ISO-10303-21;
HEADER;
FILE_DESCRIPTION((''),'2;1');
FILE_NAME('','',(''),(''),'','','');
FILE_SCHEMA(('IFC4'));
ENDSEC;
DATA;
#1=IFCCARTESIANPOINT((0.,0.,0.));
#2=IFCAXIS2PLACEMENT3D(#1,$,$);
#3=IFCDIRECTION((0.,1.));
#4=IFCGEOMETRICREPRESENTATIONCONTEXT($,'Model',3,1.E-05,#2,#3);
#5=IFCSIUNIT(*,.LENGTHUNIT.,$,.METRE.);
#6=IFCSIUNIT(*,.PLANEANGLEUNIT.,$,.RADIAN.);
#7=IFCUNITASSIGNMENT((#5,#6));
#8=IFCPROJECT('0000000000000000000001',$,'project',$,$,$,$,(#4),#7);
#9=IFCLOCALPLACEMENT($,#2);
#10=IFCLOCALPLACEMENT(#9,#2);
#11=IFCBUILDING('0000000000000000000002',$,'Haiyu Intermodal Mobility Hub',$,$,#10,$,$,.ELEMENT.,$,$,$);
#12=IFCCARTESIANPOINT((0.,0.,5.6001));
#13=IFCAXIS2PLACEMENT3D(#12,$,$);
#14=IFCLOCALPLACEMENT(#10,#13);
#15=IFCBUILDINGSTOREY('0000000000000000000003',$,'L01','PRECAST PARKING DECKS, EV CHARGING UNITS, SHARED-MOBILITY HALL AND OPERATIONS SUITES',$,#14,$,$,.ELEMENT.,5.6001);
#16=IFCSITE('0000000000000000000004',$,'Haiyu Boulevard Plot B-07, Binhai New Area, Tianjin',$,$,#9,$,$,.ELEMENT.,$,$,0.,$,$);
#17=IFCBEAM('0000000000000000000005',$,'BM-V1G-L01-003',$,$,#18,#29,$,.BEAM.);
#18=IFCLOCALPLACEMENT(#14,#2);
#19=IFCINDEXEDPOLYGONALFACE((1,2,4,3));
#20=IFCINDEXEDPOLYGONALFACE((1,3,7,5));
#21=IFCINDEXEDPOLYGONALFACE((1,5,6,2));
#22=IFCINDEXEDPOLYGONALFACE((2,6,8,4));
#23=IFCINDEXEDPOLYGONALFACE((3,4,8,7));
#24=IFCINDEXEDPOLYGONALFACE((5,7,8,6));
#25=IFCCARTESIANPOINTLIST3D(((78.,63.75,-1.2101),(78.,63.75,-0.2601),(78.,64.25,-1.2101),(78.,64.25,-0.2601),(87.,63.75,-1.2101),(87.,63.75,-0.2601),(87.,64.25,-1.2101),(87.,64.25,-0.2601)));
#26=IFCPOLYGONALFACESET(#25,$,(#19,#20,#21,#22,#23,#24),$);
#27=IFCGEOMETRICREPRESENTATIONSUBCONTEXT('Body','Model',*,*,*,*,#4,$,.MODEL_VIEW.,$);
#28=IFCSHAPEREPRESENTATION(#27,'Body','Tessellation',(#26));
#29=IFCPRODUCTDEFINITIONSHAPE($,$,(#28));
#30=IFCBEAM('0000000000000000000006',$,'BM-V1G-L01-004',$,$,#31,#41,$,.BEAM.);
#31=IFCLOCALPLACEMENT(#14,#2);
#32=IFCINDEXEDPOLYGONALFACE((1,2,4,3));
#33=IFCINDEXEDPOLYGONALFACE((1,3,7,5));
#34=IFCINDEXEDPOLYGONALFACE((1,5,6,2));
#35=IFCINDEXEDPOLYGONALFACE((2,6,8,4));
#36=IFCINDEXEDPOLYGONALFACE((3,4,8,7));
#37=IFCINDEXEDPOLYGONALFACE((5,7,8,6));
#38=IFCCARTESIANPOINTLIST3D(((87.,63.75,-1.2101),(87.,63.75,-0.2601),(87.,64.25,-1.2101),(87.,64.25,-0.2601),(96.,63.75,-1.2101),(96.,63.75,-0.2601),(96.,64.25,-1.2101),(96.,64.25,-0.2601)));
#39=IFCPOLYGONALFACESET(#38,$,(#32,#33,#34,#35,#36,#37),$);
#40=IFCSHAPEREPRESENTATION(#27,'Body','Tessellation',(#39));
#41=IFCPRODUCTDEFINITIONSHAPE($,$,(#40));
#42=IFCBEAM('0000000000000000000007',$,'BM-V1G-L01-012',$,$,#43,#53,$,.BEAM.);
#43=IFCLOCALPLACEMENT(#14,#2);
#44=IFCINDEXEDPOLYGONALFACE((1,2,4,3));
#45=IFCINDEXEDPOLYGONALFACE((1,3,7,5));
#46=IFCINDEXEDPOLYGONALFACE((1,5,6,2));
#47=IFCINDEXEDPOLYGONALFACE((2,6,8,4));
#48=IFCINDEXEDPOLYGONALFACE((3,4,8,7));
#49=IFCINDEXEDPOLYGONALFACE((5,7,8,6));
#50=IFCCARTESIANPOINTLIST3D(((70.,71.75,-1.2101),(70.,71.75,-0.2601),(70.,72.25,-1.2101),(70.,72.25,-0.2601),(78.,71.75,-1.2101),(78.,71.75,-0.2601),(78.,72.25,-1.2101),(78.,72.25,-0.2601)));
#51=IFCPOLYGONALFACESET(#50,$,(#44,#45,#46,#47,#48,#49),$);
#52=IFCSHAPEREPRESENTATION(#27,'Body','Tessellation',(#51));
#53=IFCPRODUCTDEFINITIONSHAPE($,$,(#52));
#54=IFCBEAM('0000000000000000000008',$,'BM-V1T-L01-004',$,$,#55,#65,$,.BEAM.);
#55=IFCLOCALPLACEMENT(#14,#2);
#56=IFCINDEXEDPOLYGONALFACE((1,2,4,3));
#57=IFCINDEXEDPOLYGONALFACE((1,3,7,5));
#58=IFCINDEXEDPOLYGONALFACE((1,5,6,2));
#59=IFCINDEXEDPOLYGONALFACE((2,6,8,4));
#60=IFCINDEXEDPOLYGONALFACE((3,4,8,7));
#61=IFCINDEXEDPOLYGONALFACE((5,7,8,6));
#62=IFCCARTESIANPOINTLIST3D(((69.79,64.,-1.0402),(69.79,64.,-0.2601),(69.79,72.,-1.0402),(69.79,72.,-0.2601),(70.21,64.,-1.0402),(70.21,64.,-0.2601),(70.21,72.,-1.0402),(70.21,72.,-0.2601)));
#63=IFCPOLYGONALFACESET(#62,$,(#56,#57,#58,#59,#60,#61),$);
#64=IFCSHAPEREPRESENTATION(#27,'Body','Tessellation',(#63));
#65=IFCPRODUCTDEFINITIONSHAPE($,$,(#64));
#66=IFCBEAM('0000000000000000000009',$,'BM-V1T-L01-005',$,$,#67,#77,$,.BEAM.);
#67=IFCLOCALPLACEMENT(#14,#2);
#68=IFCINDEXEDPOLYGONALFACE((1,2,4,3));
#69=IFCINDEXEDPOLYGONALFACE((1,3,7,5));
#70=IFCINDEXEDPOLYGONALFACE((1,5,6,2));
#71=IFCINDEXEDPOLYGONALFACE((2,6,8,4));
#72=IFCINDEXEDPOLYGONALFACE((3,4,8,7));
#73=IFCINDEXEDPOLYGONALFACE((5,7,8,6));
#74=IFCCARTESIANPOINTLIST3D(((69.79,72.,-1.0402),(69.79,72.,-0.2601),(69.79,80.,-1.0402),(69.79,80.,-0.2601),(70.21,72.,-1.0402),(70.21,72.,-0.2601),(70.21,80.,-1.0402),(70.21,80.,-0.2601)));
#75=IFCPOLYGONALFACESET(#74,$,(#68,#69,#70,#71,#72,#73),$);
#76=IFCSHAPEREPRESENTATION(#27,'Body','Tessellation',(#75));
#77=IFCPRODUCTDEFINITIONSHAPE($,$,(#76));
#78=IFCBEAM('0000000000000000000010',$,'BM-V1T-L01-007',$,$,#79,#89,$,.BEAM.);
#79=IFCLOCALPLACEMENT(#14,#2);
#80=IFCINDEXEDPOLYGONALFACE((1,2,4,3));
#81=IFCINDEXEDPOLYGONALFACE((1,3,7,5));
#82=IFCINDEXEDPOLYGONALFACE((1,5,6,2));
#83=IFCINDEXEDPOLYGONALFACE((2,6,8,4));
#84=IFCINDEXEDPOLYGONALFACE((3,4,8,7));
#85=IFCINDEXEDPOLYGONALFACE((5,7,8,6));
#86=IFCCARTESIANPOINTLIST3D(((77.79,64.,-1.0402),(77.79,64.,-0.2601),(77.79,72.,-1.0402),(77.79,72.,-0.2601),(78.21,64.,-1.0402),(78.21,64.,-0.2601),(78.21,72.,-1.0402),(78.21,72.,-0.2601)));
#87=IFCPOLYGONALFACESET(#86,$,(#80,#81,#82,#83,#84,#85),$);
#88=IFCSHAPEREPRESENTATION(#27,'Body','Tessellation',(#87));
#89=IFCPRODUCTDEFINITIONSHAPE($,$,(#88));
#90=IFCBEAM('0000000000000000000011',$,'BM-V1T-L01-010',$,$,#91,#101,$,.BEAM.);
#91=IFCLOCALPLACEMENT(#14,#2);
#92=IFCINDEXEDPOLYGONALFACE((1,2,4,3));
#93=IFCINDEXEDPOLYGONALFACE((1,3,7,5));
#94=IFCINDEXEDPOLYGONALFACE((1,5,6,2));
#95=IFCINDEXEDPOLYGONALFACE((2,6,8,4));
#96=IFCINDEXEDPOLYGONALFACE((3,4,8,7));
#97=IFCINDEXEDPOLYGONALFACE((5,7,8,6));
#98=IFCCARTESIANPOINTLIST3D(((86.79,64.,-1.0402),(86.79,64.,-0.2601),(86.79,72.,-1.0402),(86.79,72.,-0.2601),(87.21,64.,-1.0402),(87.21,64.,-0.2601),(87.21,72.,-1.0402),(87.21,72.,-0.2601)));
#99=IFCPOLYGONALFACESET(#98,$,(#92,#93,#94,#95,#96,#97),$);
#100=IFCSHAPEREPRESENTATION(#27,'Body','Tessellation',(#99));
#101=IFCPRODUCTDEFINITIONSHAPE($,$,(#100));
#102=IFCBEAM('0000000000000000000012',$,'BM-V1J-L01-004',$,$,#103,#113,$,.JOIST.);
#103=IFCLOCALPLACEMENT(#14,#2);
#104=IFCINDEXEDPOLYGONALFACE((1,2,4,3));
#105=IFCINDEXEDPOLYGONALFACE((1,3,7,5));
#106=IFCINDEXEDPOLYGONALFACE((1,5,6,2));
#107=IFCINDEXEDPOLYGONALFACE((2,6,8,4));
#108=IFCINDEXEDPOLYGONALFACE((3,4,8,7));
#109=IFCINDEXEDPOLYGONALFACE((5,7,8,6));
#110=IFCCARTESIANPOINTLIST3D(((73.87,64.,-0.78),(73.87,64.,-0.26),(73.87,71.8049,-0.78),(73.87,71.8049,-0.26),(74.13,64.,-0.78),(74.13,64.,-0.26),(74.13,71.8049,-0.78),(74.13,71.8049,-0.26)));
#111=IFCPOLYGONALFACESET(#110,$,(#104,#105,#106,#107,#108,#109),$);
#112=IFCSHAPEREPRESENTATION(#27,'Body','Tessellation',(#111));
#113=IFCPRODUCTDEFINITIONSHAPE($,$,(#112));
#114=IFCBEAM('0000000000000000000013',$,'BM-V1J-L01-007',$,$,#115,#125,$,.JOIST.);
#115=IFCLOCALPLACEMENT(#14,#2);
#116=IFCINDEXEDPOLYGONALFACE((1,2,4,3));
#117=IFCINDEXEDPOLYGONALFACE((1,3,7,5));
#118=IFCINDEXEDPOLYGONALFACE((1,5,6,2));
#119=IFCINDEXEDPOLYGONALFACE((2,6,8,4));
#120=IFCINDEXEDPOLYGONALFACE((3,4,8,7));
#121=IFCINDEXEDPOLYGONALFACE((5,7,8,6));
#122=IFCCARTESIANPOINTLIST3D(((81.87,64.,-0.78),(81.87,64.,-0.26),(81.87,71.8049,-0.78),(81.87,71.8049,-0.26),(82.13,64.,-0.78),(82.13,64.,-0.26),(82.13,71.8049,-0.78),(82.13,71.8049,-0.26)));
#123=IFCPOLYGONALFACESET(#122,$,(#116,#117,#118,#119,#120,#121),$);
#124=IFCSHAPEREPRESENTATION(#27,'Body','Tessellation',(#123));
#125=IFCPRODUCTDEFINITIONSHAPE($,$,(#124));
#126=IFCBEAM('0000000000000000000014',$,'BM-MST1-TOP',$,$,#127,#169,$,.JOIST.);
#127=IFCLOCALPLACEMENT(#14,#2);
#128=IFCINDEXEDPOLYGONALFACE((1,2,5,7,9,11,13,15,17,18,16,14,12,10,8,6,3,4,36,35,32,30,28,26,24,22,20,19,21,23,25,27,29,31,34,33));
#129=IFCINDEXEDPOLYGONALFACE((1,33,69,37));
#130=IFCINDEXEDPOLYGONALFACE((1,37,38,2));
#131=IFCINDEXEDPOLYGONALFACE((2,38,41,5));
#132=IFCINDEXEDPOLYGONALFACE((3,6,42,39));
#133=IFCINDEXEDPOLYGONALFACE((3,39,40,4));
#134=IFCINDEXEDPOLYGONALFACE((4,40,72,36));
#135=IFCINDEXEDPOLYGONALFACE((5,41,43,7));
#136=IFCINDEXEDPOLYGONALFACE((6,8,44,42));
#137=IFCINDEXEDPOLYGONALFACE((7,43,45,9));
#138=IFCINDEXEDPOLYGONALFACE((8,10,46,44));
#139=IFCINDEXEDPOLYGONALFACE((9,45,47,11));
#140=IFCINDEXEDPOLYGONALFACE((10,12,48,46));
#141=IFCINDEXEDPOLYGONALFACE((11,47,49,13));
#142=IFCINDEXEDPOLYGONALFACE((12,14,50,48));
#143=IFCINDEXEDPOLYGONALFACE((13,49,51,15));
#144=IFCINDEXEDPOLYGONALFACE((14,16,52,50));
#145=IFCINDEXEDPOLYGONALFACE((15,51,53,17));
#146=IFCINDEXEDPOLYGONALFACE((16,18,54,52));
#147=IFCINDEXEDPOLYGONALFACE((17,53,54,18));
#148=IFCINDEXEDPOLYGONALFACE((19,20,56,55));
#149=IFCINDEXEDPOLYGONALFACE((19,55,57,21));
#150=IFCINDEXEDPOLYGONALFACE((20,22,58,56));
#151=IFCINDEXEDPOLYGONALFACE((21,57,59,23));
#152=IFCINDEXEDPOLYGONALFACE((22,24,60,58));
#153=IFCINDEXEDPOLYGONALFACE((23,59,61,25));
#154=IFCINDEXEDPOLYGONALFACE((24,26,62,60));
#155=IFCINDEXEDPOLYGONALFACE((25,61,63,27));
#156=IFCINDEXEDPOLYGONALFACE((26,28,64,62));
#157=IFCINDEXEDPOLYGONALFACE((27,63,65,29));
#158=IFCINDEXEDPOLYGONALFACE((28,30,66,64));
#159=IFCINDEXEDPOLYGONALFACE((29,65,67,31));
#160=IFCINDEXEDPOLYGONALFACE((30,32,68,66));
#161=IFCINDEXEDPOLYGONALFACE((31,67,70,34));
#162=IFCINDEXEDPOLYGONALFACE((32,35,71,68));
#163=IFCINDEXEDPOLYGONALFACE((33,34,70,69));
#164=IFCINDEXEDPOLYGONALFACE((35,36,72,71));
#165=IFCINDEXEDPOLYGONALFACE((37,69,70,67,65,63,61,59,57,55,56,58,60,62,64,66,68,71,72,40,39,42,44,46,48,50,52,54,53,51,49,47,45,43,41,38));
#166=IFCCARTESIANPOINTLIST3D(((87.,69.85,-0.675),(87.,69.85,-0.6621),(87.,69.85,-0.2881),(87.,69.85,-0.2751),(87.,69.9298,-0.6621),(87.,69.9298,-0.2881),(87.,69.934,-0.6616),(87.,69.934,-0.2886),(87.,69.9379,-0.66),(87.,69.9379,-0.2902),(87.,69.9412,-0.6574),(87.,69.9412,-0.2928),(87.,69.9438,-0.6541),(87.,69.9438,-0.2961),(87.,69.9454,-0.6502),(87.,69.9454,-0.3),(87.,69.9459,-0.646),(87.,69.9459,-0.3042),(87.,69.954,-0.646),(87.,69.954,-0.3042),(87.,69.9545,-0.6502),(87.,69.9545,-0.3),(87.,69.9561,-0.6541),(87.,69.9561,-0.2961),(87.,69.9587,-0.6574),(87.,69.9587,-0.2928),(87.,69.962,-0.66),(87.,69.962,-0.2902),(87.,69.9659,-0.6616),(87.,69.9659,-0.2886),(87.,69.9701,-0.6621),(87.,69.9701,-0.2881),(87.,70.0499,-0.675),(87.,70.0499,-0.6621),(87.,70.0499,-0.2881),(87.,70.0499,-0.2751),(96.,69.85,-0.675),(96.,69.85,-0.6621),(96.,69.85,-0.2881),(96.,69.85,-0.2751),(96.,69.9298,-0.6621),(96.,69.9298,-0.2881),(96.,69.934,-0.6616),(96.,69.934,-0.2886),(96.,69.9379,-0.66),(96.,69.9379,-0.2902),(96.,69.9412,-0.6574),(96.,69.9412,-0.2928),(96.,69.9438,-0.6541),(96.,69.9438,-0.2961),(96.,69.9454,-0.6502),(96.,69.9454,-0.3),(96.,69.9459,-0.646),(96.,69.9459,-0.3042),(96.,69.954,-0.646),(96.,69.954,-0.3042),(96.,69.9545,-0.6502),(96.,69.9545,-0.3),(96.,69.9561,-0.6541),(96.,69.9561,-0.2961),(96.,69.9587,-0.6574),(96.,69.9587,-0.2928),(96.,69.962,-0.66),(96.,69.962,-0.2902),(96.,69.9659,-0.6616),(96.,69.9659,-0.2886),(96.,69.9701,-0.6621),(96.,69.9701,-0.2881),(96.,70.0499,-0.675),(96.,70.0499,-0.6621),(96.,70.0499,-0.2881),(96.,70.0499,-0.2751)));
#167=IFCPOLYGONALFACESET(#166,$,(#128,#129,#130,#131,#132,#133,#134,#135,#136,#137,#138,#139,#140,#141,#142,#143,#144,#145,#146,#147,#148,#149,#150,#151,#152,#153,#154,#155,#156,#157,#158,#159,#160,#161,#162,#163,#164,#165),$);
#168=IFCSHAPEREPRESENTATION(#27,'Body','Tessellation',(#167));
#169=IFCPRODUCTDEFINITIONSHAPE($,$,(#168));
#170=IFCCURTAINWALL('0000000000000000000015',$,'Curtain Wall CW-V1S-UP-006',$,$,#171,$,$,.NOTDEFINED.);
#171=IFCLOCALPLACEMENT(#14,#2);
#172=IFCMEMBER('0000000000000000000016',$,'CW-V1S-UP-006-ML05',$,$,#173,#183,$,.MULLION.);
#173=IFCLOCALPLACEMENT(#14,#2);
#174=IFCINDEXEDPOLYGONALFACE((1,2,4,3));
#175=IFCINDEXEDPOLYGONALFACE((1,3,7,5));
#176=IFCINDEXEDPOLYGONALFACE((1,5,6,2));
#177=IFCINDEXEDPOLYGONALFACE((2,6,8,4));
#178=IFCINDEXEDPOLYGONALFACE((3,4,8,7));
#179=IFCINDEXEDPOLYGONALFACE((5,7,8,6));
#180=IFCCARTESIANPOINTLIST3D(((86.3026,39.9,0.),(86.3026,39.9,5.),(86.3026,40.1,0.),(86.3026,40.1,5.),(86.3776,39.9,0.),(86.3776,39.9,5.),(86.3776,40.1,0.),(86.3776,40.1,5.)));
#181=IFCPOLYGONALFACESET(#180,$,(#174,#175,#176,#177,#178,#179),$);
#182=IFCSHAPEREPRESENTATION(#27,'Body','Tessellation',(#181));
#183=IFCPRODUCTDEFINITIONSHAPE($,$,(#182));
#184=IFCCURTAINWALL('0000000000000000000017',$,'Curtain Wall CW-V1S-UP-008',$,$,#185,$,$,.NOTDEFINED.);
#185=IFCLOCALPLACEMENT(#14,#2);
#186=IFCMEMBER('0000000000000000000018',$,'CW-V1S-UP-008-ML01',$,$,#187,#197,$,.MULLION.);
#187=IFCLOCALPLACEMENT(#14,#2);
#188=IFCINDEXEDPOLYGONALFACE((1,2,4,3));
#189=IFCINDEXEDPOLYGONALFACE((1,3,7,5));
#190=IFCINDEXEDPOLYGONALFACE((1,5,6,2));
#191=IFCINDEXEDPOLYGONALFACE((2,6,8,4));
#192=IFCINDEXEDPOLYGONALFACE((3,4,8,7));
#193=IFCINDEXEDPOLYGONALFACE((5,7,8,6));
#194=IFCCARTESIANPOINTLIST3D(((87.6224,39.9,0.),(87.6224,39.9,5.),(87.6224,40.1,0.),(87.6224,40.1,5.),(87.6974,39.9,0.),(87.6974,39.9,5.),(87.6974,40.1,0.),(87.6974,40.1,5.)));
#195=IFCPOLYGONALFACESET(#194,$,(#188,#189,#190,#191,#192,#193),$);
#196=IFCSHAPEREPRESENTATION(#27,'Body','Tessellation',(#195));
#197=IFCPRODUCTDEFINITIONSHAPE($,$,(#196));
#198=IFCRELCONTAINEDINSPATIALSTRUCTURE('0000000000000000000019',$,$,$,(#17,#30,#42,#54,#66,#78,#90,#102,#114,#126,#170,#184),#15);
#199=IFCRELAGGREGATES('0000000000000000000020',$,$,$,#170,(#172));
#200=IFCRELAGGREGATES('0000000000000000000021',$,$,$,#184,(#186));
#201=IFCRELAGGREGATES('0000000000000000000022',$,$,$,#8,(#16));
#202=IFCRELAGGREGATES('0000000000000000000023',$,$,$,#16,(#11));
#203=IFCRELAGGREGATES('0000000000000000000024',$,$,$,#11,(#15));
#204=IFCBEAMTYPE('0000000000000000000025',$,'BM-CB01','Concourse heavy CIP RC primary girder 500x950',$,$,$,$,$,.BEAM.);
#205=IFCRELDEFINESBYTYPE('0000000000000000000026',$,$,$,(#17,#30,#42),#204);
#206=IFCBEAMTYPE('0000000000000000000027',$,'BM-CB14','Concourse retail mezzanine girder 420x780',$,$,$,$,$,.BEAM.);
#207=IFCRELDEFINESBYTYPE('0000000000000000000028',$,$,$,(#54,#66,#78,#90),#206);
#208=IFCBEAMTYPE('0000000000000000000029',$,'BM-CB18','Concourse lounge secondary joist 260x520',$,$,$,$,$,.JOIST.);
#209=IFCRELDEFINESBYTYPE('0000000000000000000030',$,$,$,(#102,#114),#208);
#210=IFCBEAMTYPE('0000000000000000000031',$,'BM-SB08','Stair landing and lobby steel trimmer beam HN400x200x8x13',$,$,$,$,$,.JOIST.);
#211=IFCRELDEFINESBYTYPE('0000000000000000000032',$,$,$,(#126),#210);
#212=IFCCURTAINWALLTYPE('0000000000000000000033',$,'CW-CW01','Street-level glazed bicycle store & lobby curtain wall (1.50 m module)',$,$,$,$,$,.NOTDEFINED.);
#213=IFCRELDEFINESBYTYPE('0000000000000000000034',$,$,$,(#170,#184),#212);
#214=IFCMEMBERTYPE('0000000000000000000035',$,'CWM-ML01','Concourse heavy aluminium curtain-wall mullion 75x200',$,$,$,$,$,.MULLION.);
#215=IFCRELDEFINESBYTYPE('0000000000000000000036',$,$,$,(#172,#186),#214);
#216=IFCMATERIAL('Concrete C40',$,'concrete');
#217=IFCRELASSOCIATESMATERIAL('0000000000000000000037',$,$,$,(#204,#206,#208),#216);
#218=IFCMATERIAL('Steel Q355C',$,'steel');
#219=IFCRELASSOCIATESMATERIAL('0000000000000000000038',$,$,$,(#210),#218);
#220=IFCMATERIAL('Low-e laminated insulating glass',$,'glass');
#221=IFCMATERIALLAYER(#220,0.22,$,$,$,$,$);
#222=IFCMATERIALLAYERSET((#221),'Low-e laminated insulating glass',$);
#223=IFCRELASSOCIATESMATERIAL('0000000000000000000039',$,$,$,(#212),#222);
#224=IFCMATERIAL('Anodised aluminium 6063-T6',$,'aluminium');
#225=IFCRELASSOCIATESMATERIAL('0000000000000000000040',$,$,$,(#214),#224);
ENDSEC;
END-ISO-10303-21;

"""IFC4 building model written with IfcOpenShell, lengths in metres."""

from ifc_helpers import new_model, si_unit, direction, frame, origin, origin_2d, place, context, subcontext, project, spatial, rectangle, i_section, extrude, material, layer, layer_set, material_profile, profile_set, type_object, element, aggregate, save


model = new_model("IFC4")

# Units and contexts
model_context = context("Model", 3, precision=1e-05, world=origin(), true_north=direction((0.0, 1.0)))
body_context = subcontext(model_context, "Body", "Model", "MODEL_VIEW")
ifc_project = project(units=[si_unit("LENGTHUNIT", "METRE"), si_unit("PLANEANGLEUNIT", "RADIAN")], contexts=[model_context])

# Site, building, storey
site_placement = place(None, origin())
site = spatial("IfcSite", under=ifc_project, at=site_placement, Name="Haiyu Boulevard Plot B-07, Binhai New Area, Tianjin", CompositionType="ELEMENT", RefElevation=0.0)
building_placement = place(site_placement, origin())
building = spatial("IfcBuilding", under=site, at=building_placement, Name="Haiyu Intermodal Mobility Hub", CompositionType="ELEMENT")
storey_placement = place(building_placement, frame((0.0, 0.0, 5.6001)))
storey = spatial("IfcBuildingStorey", under=building, at=storey_placement, Name="L01", Description="PRECAST PARKING DECKS, EV CHARGING UNITS, SHARED-MOBILITY HALL AND OPERATIONS SUITES", CompositionType="ELEMENT", Elevation=5.6001)

# Shared definitions
ifc_material_1 = material(Name="Concrete C40", Category="concrete")
ifc_material_2 = material(Name="Steel Q355C", Category="steel")

# Beams
ifc_material_profile_1 = material_profile(ifc_material_1, rectangle(XDim=0.5, YDim=0.95, at=origin_2d()), Name="RCB500x950")
ifc_profile_set_1 = profile_set([ifc_material_profile_1], Name="Concrete C40")
beam_type_1 = type_object("IfcBeamType", Name="BM-CB01", Description="Concourse heavy CIP RC primary girder 500x950", PredefinedType="BEAM", material=ifc_profile_set_1)
for number, where, z_axis, x_axis, name in (
    (1, (78.0, 64.0, -0.7351), (1.0, 0.0, 0.0), (0.0, 1.0, 0.0), "BM-V1G-L01-003"),
    (2, (87.0, 64.0, -0.7351), (1.0, 0.0, 0.0), (0.0, 1.0, 0.0), "BM-V1G-L01-004"),
):
    element("IfcBeam", number, at=place(storey_placement, frame(where, z_axis=z_axis, x_axis=x_axis)), inside=storey, type_object=beam_type_1, Name=name, PredefinedType="BEAM", context=body_context, shape_type="SweptSolid", body=[
        extrude(rectangle(XDim=0.5, YDim=0.95, at=origin_2d()), origin(), (0.0, 0.0, 1.0), 9.0),
    ])
beam_1_placement = place(storey_placement, frame((70.0, 72.0, -0.7351), z_axis=(1.0, 0.0, 0.0), x_axis=(0.0, 1.0, 0.0)))
element("IfcBeam", 3, at=beam_1_placement, inside=storey, type_object=beam_type_1, Name="BM-V1G-L01-012", PredefinedType="BEAM", context=body_context, shape_type="SweptSolid", body=[
    extrude(rectangle(XDim=0.5, YDim=0.95, at=origin_2d()), origin(), (0.0, 0.0, 1.0), 8.0),
])
ifc_material_profile_2 = material_profile(ifc_material_1, rectangle(XDim=0.4199, YDim=0.78, at=origin_2d()), Name="B420x780")
ifc_profile_set_2 = profile_set([ifc_material_profile_2], Name="Concrete C40")
beam_type_2 = type_object("IfcBeamType", Name="BM-CB14", Description="Concourse retail mezzanine girder 420x780", PredefinedType="BEAM", material=ifc_profile_set_2)
for number, where, z_axis, x_axis, name in (
    (4, (70.0, 64.0, -0.6501), (0.0, 1.0, 0.0), (-1.0, 0.0, 0.0), "BM-V1T-L01-004"),
    (5, (70.0, 72.0, -0.6501), (0.0, 1.0, 0.0), (-1.0, 0.0, 0.0), "BM-V1T-L01-005"),
    (6, (78.0, 64.0, -0.6501), (0.0, 1.0, 0.0), (-1.0, 0.0, 0.0), "BM-V1T-L01-007"),
    (7, (87.0, 64.0, -0.6501), (0.0, 1.0, 0.0), (-1.0, 0.0, 0.0), "BM-V1T-L01-010"),
):
    element("IfcBeam", number, at=place(storey_placement, frame(where, z_axis=z_axis, x_axis=x_axis)), inside=storey, type_object=beam_type_2, Name=name, PredefinedType="BEAM", context=body_context, shape_type="SweptSolid", body=[
        extrude(rectangle(XDim=0.4199, YDim=0.78, at=origin_2d()), origin(), (0.0, 0.0, 1.0), 8.0),
    ])
ifc_material_profile_3 = material_profile(ifc_material_1, rectangle(XDim=0.26, YDim=0.52, at=origin_2d()), Name="B260x520")
ifc_profile_set_3 = profile_set([ifc_material_profile_3], Name="Concrete C40")
beam_type_3 = type_object("IfcBeamType", Name="BM-CB18", Description="Concourse lounge secondary joist 260x520", PredefinedType="JOIST", material=ifc_profile_set_3)
for number, where, z_axis, x_axis, name in (
    (8, (74.0, 64.0, -0.52), (0.0, 1.0, 0.0), (-1.0, 0.0, 0.0), "BM-V1J-L01-004"),
    (9, (82.0, 64.0, -0.52), (0.0, 1.0, 0.0), (-1.0, 0.0, 0.0), "BM-V1J-L01-007"),
):
    element("IfcBeam", number, at=place(storey_placement, frame(where, z_axis=z_axis, x_axis=x_axis)), inside=storey, type_object=beam_type_3, Name=name, PredefinedType="JOIST", context=body_context, shape_type="SweptSolid", body=[
        extrude(rectangle(XDim=0.26, YDim=0.52, at=origin_2d()), origin(), (0.0, 0.0, 1.0), 7.8049),
    ])
ifc_material_profile_4 = material_profile(ifc_material_2, i_section(OverallWidth=0.2, OverallDepth=0.3999, WebThickness=0.0081, FlangeThickness=0.0129, FilletRadius=0.0161, at=origin_2d()), Name="HN400x200x8x13")
ifc_profile_set_4 = profile_set([ifc_material_profile_4], Name="Steel Q355C")
beam_type_4 = type_object("IfcBeamType", Name="BM-SB08", Description="Stair landing and lobby steel trimmer beam HN400x200x8x13", PredefinedType="JOIST", material=ifc_profile_set_4)
beam_2_placement = place(storey_placement, frame((87.0, 69.95, -0.4751), z_axis=(1.0, 0.0, 0.0), x_axis=(0.0, 1.0, 0.0)))
element("IfcBeam", 10, at=beam_2_placement, inside=storey, type_object=beam_type_4, Name="BM-MST1-TOP", PredefinedType="JOIST", context=body_context, shape_type="SweptSolid", body=[
    extrude(i_section(OverallWidth=0.2, OverallDepth=0.3999, WebThickness=0.0081, FlangeThickness=0.0129, FilletRadius=0.0161, at=origin_2d()), origin(), (0.0, 0.0, 1.0), 9.0),
])

# Curtain wall, member
ifc_material_3 = material(Name="Low-e laminated insulating glass", Category="glass")
ifc_layer_1 = layer(ifc_material_3, 0.22)
ifc_layer_set_1 = layer_set([ifc_layer_1], Name="Low-e laminated insulating glass")
curtain_wall_type = type_object("IfcCurtainWallType", Name="CW-CW01", Description="Street-level glazed bicycle store & lobby curtain wall (1.50 m module)", PredefinedType="NOTDEFINED", material=ifc_layer_set_1)
curtain_wall_1_placement = place(storey_placement, origin())
curtain_wall_1 = element("IfcCurtainWall", 11, at=curtain_wall_1_placement, inside=storey, type_object=curtain_wall_type, Name="Curtain Wall CW-V1S-UP-006", PredefinedType="NOTDEFINED")
ifc_material_4 = material(Name="Anodised aluminium 6063-T6", Category="aluminium")
ifc_material_profile_5 = material_profile(ifc_material_4, rectangle(XDim=0.075, YDim=0.2, at=origin_2d()), Name="ALU75x200")
ifc_profile_set_5 = profile_set([ifc_material_profile_5], Name="Anodised aluminium 6063-T6")
member_type_1 = type_object("IfcMemberType", Name="CWM-ML01", Description="Concourse heavy aluminium curtain-wall mullion 75x200", PredefinedType="MULLION", material=ifc_profile_set_5)
member_1_placement = place(storey_placement, frame((86.3401, 40.0, 0.0), z_axis=(0.0, 0.0, 1.0), x_axis=(1.0, 0.0, 0.0)))
member_1 = element("IfcMember", 12, at=member_1_placement, type_object=member_type_1, Name="CW-V1S-UP-006-ML05", PredefinedType="MULLION", context=body_context, shape_type="SweptSolid", body=[
    extrude(rectangle(XDim=0.075, YDim=0.2, at=origin_2d()), origin(), (0.0, 0.0, 1.0), 5.0),
])
aggregate(curtain_wall_1, [member_1])

# Curtain wall, member
curtain_wall_2_placement = place(storey_placement, origin())
curtain_wall_2 = element("IfcCurtainWall", 13, at=curtain_wall_2_placement, inside=storey, type_object=curtain_wall_type, Name="Curtain Wall CW-V1S-UP-008", PredefinedType="NOTDEFINED")
member_2_placement = place(storey_placement, frame((87.6599, 40.0, 0.0), z_axis=(0.0, 0.0, 1.0), x_axis=(1.0, 0.0, 0.0)))
member_2 = element("IfcMember", 14, at=member_2_placement, type_object=member_type_1, Name="CW-V1S-UP-008-ML01", PredefinedType="MULLION", context=body_context, shape_type="SweptSolid", body=[
    extrude(rectangle(XDim=0.075, YDim=0.2, at=origin_2d()), origin(), (0.0, 0.0, 1.0), 5.0),
])
aggregate(curtain_wall_2, [member_2])

save(model, "model.ifc")
